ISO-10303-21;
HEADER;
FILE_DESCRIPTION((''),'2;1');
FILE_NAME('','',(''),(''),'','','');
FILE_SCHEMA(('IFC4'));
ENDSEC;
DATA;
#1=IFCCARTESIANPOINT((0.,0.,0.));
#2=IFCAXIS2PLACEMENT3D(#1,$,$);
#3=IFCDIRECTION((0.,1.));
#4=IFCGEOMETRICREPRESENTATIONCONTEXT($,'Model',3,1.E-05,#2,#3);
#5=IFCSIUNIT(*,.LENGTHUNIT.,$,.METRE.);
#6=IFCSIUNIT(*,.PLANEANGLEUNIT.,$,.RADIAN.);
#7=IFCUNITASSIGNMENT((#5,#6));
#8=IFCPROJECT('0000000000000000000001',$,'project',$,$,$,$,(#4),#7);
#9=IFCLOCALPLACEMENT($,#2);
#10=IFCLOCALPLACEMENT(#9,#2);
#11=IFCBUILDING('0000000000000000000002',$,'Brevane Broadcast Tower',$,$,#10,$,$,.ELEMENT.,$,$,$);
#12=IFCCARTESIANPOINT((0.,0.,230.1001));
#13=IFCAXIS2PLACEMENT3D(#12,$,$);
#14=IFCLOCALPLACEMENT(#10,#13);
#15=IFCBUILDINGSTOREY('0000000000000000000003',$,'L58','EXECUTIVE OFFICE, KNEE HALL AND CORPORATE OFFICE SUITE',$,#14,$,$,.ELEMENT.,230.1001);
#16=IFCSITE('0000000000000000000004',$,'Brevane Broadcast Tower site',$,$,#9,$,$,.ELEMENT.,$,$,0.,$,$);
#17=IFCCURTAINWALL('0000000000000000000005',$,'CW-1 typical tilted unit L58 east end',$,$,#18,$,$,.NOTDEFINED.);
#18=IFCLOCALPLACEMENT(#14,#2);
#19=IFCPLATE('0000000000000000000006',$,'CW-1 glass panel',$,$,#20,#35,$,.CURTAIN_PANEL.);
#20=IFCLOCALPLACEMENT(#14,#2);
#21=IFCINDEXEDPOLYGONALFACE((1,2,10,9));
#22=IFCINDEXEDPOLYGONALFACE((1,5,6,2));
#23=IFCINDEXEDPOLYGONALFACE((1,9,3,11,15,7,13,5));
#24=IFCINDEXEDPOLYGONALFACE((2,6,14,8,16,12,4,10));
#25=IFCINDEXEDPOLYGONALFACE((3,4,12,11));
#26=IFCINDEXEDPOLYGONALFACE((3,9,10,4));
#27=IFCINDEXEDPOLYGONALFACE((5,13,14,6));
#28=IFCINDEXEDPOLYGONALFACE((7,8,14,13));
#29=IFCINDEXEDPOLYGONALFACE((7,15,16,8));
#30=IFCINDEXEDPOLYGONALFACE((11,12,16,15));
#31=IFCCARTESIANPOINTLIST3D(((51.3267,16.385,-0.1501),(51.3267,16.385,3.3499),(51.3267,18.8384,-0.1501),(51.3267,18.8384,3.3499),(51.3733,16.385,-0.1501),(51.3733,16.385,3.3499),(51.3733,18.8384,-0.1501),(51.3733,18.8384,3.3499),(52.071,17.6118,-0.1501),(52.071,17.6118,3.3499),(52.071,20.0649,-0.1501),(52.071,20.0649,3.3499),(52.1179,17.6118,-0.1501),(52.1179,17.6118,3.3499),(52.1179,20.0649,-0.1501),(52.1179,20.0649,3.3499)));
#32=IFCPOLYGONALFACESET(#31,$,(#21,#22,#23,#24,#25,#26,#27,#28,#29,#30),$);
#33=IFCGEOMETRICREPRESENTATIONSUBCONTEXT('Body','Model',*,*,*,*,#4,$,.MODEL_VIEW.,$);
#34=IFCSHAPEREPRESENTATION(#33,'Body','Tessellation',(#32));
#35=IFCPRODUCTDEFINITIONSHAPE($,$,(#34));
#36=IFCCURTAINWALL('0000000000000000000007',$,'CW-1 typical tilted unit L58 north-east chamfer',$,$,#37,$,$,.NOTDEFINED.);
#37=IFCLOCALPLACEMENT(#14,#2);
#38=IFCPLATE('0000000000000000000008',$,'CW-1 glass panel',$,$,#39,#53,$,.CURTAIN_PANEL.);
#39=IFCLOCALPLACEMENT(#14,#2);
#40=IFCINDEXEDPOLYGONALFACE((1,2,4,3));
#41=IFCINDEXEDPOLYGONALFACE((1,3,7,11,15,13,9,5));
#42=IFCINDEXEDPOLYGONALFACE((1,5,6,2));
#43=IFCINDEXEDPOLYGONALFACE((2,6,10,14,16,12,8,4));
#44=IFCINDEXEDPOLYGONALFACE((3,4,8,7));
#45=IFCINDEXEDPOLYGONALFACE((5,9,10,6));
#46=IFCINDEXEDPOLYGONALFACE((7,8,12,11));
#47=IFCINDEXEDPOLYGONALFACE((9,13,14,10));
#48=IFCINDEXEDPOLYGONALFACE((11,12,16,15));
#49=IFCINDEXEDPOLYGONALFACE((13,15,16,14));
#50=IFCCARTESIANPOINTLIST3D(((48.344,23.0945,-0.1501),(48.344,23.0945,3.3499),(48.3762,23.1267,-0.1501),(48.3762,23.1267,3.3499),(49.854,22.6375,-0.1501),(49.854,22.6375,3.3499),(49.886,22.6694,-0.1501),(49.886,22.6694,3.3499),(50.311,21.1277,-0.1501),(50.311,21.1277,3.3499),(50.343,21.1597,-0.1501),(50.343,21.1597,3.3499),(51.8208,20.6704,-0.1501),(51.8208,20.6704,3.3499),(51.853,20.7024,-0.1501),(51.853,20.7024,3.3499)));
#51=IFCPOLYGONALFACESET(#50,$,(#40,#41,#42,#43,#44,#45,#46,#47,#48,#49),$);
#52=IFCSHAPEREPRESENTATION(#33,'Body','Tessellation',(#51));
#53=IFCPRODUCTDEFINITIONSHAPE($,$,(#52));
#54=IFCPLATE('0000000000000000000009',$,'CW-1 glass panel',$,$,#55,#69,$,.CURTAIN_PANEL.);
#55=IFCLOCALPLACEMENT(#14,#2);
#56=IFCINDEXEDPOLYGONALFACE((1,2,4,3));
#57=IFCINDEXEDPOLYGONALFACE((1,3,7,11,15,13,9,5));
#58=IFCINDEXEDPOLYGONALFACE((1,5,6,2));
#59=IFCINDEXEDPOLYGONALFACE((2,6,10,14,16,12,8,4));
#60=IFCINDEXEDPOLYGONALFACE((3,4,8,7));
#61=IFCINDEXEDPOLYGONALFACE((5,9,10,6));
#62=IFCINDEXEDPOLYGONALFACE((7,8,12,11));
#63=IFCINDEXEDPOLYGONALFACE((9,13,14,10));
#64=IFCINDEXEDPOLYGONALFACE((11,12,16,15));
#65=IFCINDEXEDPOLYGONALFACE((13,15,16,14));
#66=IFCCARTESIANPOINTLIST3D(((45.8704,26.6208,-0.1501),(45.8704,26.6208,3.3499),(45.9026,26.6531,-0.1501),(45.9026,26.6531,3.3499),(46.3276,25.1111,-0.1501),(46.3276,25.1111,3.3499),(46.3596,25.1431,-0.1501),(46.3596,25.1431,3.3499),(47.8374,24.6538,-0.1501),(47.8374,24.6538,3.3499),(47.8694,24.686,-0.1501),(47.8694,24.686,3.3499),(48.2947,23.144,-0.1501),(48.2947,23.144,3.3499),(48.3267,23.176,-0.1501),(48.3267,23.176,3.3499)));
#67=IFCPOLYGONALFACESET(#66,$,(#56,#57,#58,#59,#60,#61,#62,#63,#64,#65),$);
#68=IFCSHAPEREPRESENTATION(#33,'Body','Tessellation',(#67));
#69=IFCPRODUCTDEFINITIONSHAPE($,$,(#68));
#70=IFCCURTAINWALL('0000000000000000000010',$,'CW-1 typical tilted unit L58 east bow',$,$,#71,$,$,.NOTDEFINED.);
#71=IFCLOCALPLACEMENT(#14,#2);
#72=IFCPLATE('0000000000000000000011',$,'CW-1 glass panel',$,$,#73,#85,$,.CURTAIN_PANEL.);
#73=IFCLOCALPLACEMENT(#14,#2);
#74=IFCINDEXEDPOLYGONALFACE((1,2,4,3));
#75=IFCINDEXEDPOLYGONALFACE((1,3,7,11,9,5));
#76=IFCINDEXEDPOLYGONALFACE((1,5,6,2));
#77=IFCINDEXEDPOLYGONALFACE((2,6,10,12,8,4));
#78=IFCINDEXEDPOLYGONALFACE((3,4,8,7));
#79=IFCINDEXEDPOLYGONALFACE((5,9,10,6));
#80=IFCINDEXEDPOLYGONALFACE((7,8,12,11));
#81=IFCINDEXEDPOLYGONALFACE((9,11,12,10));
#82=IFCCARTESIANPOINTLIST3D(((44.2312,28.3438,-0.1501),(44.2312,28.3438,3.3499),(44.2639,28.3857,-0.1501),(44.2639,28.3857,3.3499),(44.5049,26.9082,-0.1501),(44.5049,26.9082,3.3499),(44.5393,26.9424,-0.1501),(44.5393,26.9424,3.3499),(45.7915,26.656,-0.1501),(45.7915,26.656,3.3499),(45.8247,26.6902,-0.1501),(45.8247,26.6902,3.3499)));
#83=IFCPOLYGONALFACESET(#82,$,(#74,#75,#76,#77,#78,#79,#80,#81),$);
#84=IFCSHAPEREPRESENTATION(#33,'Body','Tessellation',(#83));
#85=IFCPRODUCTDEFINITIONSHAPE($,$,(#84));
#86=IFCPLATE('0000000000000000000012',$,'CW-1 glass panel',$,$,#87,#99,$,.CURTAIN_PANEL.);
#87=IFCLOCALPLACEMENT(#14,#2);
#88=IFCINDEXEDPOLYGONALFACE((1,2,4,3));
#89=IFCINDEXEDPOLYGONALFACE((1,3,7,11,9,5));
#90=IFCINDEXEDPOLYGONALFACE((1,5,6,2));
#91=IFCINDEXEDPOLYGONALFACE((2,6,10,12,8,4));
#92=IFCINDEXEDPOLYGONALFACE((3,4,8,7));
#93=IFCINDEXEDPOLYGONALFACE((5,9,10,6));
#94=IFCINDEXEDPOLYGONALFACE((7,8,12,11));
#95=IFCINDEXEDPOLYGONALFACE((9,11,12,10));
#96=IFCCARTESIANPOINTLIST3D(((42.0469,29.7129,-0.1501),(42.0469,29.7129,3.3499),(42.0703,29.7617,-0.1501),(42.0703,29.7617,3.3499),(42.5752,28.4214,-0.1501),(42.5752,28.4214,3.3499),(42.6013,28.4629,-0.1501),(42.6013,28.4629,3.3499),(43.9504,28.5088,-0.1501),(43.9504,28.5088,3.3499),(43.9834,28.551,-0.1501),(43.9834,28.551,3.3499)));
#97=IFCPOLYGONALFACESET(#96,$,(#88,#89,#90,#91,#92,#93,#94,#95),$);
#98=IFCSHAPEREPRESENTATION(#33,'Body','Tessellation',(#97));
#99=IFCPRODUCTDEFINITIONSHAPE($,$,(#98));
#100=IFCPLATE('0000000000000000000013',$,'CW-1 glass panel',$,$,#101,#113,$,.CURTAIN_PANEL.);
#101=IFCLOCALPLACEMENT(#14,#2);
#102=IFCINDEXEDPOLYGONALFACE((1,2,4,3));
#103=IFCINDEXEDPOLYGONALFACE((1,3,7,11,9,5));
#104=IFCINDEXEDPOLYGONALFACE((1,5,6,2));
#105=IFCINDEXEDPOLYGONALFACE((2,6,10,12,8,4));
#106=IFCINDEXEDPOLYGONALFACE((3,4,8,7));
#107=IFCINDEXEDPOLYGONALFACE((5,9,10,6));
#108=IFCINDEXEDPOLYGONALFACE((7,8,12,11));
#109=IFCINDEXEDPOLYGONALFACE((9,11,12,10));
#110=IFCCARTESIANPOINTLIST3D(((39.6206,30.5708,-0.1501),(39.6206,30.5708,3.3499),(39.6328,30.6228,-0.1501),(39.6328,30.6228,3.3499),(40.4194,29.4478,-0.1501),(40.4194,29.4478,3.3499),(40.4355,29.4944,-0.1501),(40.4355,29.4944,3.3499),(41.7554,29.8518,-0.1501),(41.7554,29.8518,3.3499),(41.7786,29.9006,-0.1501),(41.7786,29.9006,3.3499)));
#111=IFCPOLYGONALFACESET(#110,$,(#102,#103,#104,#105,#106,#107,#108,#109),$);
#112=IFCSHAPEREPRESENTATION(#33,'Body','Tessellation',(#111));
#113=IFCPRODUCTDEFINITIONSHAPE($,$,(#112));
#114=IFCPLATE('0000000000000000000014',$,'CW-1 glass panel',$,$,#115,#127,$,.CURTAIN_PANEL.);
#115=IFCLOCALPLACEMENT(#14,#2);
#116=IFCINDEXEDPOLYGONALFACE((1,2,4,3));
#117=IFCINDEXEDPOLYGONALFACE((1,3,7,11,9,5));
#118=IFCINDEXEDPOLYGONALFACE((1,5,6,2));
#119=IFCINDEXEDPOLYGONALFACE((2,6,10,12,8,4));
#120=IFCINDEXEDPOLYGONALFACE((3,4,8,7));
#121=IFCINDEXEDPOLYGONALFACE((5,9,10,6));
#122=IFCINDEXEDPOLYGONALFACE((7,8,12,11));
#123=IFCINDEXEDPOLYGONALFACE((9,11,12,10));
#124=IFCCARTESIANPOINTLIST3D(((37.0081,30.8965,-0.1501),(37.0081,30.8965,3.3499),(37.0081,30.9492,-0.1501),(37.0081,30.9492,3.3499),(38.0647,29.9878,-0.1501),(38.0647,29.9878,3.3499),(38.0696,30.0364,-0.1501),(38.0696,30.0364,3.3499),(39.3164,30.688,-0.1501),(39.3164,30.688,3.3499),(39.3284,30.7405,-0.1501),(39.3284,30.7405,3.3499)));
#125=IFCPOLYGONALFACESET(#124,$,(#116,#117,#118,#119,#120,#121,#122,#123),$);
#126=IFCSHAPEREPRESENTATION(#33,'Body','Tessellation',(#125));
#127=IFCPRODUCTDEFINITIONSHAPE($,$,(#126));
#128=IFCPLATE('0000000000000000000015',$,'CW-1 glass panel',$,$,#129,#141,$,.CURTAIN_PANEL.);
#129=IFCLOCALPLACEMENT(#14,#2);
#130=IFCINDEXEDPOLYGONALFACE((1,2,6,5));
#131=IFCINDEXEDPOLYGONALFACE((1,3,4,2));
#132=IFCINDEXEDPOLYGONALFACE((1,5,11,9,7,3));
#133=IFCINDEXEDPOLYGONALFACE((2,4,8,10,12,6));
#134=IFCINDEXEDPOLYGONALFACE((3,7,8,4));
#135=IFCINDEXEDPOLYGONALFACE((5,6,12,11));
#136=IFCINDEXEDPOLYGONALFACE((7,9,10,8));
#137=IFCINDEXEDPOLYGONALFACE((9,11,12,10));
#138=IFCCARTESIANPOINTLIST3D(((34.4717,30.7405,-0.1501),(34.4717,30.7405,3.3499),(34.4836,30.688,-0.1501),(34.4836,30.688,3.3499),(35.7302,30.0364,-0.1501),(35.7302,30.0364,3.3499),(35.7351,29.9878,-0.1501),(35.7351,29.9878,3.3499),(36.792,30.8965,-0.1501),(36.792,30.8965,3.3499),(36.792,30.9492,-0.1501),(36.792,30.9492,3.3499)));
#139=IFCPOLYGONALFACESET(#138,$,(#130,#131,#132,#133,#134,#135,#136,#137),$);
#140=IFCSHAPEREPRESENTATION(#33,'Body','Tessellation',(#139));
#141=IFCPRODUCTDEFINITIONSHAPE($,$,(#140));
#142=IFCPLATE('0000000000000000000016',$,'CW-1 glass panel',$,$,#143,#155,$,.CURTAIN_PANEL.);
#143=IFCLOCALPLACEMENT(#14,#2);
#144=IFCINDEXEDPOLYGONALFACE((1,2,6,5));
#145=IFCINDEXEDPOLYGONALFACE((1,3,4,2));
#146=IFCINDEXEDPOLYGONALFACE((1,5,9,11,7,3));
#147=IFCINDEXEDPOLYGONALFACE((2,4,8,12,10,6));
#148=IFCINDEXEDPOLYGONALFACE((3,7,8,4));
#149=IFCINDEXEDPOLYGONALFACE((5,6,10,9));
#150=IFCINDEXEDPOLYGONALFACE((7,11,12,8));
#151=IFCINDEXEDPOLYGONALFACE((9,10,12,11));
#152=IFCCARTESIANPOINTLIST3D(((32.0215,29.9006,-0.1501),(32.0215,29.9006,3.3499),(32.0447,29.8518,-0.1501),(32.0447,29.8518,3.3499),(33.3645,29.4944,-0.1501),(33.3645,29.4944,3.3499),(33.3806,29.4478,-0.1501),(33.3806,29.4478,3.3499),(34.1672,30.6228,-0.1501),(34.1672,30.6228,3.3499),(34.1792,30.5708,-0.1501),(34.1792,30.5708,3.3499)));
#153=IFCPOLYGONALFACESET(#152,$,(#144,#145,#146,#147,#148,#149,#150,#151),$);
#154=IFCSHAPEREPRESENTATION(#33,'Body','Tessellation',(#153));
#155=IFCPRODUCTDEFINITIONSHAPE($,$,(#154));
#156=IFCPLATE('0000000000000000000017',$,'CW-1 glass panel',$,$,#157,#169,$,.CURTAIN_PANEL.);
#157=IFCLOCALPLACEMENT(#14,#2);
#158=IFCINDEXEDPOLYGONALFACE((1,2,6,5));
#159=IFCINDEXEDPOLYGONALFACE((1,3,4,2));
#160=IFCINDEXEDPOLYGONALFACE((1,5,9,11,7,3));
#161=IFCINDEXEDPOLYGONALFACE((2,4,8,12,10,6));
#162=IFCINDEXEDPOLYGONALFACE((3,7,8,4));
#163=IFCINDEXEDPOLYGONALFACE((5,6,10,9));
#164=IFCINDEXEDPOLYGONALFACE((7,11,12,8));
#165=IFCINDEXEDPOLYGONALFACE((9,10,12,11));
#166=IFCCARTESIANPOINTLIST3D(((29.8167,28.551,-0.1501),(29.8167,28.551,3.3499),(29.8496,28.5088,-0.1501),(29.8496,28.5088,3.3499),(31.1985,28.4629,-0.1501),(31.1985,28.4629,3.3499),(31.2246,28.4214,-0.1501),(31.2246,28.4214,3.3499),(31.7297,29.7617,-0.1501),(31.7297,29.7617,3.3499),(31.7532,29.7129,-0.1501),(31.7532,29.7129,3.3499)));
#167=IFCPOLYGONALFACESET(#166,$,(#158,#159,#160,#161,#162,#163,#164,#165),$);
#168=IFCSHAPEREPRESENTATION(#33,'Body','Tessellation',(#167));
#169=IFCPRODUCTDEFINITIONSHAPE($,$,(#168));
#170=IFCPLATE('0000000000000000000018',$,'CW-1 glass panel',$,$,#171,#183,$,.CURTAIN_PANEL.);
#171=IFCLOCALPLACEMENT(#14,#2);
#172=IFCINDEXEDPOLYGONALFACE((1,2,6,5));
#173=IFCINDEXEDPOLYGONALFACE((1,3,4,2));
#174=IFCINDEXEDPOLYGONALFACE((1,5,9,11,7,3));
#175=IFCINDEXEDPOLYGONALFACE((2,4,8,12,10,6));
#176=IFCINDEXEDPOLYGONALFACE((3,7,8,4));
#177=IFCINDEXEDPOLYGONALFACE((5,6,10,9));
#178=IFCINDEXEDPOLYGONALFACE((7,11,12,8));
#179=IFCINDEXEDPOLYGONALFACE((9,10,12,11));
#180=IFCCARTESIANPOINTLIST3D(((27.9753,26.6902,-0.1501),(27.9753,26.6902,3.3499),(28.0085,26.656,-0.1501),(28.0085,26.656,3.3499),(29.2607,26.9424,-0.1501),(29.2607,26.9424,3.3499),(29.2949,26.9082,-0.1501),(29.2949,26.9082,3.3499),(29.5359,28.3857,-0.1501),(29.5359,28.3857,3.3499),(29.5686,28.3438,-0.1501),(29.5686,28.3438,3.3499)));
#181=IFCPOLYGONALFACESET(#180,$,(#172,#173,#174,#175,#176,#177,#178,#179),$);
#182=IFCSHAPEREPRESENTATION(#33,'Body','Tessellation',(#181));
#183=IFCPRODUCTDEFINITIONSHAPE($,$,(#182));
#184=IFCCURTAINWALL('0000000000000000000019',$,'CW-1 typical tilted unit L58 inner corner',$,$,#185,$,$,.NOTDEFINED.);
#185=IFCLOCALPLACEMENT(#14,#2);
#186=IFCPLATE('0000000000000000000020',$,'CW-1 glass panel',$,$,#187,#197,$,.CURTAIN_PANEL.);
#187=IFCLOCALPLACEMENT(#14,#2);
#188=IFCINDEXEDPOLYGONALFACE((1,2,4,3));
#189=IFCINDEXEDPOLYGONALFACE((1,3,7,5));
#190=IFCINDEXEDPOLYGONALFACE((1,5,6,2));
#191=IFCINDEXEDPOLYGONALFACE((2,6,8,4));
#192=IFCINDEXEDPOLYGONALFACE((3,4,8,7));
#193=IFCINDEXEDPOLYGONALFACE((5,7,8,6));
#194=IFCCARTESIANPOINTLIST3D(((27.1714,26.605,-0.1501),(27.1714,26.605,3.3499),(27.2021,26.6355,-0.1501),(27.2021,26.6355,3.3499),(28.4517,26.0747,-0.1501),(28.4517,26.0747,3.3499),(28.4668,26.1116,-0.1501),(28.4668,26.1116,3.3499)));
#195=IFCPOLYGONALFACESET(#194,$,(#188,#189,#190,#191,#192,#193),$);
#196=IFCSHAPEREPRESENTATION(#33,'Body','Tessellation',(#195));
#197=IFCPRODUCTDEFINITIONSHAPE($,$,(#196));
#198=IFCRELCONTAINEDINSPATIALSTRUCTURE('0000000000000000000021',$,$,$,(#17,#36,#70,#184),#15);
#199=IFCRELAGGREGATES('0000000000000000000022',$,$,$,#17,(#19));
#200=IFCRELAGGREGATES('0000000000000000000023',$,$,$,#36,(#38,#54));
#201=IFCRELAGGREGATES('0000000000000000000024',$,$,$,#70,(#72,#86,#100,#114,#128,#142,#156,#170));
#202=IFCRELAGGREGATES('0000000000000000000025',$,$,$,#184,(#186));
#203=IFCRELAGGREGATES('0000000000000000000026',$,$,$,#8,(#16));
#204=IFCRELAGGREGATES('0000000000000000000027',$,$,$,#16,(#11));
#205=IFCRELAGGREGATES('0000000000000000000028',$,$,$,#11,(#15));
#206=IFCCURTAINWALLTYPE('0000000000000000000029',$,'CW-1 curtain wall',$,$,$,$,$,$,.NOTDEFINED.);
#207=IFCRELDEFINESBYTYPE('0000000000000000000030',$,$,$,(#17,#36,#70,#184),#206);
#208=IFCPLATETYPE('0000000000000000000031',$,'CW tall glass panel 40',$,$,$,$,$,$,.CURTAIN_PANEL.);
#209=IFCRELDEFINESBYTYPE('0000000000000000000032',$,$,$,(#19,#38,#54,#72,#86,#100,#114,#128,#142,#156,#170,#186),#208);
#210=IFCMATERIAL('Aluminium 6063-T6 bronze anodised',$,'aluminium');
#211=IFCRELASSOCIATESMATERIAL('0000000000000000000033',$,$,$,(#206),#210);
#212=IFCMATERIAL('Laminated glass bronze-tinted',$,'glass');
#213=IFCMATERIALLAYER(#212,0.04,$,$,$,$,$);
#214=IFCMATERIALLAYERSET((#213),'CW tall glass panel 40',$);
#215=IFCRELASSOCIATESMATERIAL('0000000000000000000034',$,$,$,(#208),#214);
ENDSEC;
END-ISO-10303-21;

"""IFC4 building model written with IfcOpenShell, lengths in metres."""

from ifc_helpers import new_model, si_unit, direction, frame, origin, place, context, subcontext, project, spatial, polyline, outline, extrude, material, layer, layer_set, type_object, element, aggregate, save


model = new_model("IFC4")

# Units and contexts
model_context = context("Model", 3, precision=1e-05, world=origin(), true_north=direction((0.0, 1.0)))
body_context = subcontext(model_context, "Body", "Model", "MODEL_VIEW")
ifc_project = project(units=[si_unit("LENGTHUNIT", "METRE"), si_unit("PLANEANGLEUNIT", "RADIAN")], contexts=[model_context])

# Site, building, storey
site_placement = place(None, origin())
site = spatial("IfcSite", under=ifc_project, at=site_placement, Name="Brevane Broadcast Tower site", CompositionType="ELEMENT", RefElevation=0.0)
building_placement = place(site_placement, origin())
building = spatial("IfcBuilding", under=site, at=building_placement, Name="Brevane Broadcast Tower", CompositionType="ELEMENT")
storey_placement = place(building_placement, frame((0.0, 0.0, 230.1001)))
storey = spatial("IfcBuildingStorey", under=building, at=storey_placement, Name="L58", Description="EXECUTIVE OFFICE, KNEE HALL AND CORPORATE OFFICE SUITE", CompositionType="ELEMENT", Elevation=230.1001)

# Curtain wall, plate
ifc_material_1 = material(Name="Aluminium 6063-T6 bronze anodised", Category="aluminium")
curtain_wall_type = type_object("IfcCurtainWallType", Name="CW-1 curtain wall", PredefinedType="NOTDEFINED", material=ifc_material_1)
curtain_wall_1_placement = place(storey_placement, origin())
curtain_wall_1 = element("IfcCurtainWall", 1, at=curtain_wall_1_placement, inside=storey, type_object=curtain_wall_type, Name="CW-1 typical tilted unit L58 east end", PredefinedType="NOTDEFINED")
ifc_material_2 = material(Name="Laminated glass bronze-tinted", Category="glass")
ifc_layer = layer(ifc_material_2, 0.04)
ifc_layer_set = layer_set([ifc_layer], Name="CW tall glass panel 40")
plate_type = type_object("IfcPlateType", Name="CW tall glass panel 40", PredefinedType="CURTAIN_PANEL", material=ifc_layer_set)
plate_1_placement = place(storey_placement, frame((0.0, 0.0, -0.1501)))
plate_1 = element("IfcPlate", 2, at=plate_1_placement, type_object=plate_type, Name="CW-1 glass panel", PredefinedType="CURTAIN_PANEL", context=body_context, shape_type="SweptSolid", body=[
    extrude(outline(polyline([(51.3267, 16.385), (51.3733, 16.385), (52.1179, 17.6118), (51.3733, 18.8384), (52.1179, 20.0649), (52.071, 20.0649), (51.3267, 18.8384), (52.071, 17.6118), (51.3267, 16.385)])), origin(), (0.0, 0.0, 1.0), 3.5),
])
aggregate(curtain_wall_1, [plate_1])

# Curtain walls, plates
curtain_wall_2_placement = place(storey_placement, origin())
curtain_wall_2 = element("IfcCurtainWall", 3, at=curtain_wall_2_placement, inside=storey, type_object=curtain_wall_type, Name="CW-1 typical tilted unit L58 north-east chamfer", PredefinedType="NOTDEFINED")
plate_2_placement = place(storey_placement, frame((0.0, 0.0, -0.1501)))
plate_2 = element("IfcPlate", 4, at=plate_2_placement, type_object=plate_type, Name="CW-1 glass panel", PredefinedType="CURTAIN_PANEL", context=body_context, shape_type="SweptSolid", body=[
    extrude(outline(polyline([(51.8208, 20.6704), (51.853, 20.7024), (50.343, 21.1597), (49.886, 22.6694), (48.3762, 23.1267), (48.344, 23.0945), (49.854, 22.6375), (50.311, 21.1277), (51.8208, 20.6704)])), origin(), (0.0, 0.0, 1.0), 3.5),
])
plate_3_placement = place(storey_placement, frame((0.0, 0.0, -0.1501)))
plate_3 = element("IfcPlate", 5, at=plate_3_placement, type_object=plate_type, Name="CW-1 glass panel", PredefinedType="CURTAIN_PANEL", context=body_context, shape_type="SweptSolid", body=[
    extrude(outline(polyline([(48.2947, 23.144), (48.3267, 23.176), (47.8694, 24.686), (46.3596, 25.1431), (45.9026, 26.6531), (45.8704, 26.6208), (46.3276, 25.1111), (47.8374, 24.6538), (48.2947, 23.144)])), origin(), (0.0, 0.0, 1.0), 3.5),
])
aggregate(curtain_wall_2, [plate_2, plate_3])
curtain_wall_3_placement = place(storey_placement, origin())
curtain_wall_3 = element("IfcCurtainWall", 6, at=curtain_wall_3_placement, inside=storey, type_object=curtain_wall_type, Name="CW-1 typical tilted unit L58 east bow", PredefinedType="NOTDEFINED")
plate_4_placement = place(storey_placement, frame((0.0, 0.0, -0.1501)))
plate_4 = element("IfcPlate", 7, at=plate_4_placement, type_object=plate_type, Name="CW-1 glass panel", PredefinedType="CURTAIN_PANEL", context=body_context, shape_type="SweptSolid", body=[
    extrude(outline(polyline([(45.7915, 26.656), (45.8247, 26.6902), (44.5393, 26.9424), (44.2639, 28.3857), (44.2312, 28.3438), (44.5049, 26.9082), (45.7915, 26.656)])), origin(), (0.0, 0.0, 1.0), 3.5),
])
plate_5_placement = place(storey_placement, frame((0.0, 0.0, -0.1501)))
plate_5 = element("IfcPlate", 8, at=plate_5_placement, type_object=plate_type, Name="CW-1 glass panel", PredefinedType="CURTAIN_PANEL", context=body_context, shape_type="SweptSolid", body=[
    extrude(outline(polyline([(43.9504, 28.5088), (43.9834, 28.551), (42.6013, 28.4629), (42.0703, 29.7617), (42.0469, 29.7129), (42.5752, 28.4214), (43.9504, 28.5088)])), origin(), (0.0, 0.0, 1.0), 3.5),
])
plate_6_placement = place(storey_placement, frame((0.0, 0.0, -0.1501)))
plate_6 = element("IfcPlate", 9, at=plate_6_placement, type_object=plate_type, Name="CW-1 glass panel", PredefinedType="CURTAIN_PANEL", context=body_context, shape_type="SweptSolid", body=[
    extrude(outline(polyline([(41.7554, 29.8518), (41.7786, 29.9006), (40.4355, 29.4944), (39.6328, 30.6228), (39.6206, 30.5708), (40.4194, 29.4478), (41.7554, 29.8518)])), origin(), (0.0, 0.0, 1.0), 3.5),
])
plate_7_placement = place(storey_placement, frame((0.0, 0.0, -0.1501)))
plate_7 = element("IfcPlate", 10, at=plate_7_placement, type_object=plate_type, Name="CW-1 glass panel", PredefinedType="CURTAIN_PANEL", context=body_context, shape_type="SweptSolid", body=[
    extrude(outline(polyline([(39.3164, 30.688), (39.3284, 30.7405), (38.0696, 30.0364), (37.0081, 30.9492), (37.0081, 30.8965), (38.0647, 29.9878), (39.3164, 30.688)])), origin(), (0.0, 0.0, 1.0), 3.5),
])
plate_8_placement = place(storey_placement, frame((0.0, 0.0, -0.1501)))
plate_8 = element("IfcPlate", 11, at=plate_8_placement, type_object=plate_type, Name="CW-1 glass panel", PredefinedType="CURTAIN_PANEL", context=body_context, shape_type="SweptSolid", body=[
    extrude(outline(polyline([(36.792, 30.8965), (36.792, 30.9492), (35.7302, 30.0364), (34.4717, 30.7405), (34.4836, 30.688), (35.7351, 29.9878), (36.792, 30.8965)])), origin(), (0.0, 0.0, 1.0), 3.5),
])
plate_9_placement = place(storey_placement, frame((0.0, 0.0, -0.1501)))
plate_9 = element("IfcPlate", 12, at=plate_9_placement, type_object=plate_type, Name="CW-1 glass panel", PredefinedType="CURTAIN_PANEL", context=body_context, shape_type="SweptSolid", body=[
    extrude(outline(polyline([(34.1792, 30.5708), (34.1672, 30.6228), (33.3645, 29.4944), (32.0215, 29.9006), (32.0447, 29.8518), (33.3806, 29.4478), (34.1792, 30.5708)])), origin(), (0.0, 0.0, 1.0), 3.5),
])
plate_10_placement = place(storey_placement, frame((0.0, 0.0, -0.1501)))
plate_10 = element("IfcPlate", 13, at=plate_10_placement, type_object=plate_type, Name="CW-1 glass panel", PredefinedType="CURTAIN_PANEL", context=body_context, shape_type="SweptSolid", body=[
    extrude(outline(polyline([(31.7532, 29.7129), (31.7297, 29.7617), (31.1985, 28.4629), (29.8167, 28.551), (29.8496, 28.5088), (31.2246, 28.4214), (31.7532, 29.7129)])), origin(), (0.0, 0.0, 1.0), 3.5),
])
plate_11_placement = place(storey_placement, frame((0.0, 0.0, -0.1501)))
plate_11 = element("IfcPlate", 14, at=plate_11_placement, type_object=plate_type, Name="CW-1 glass panel", PredefinedType="CURTAIN_PANEL", context=body_context, shape_type="SweptSolid", body=[
    extrude(outline(polyline([(29.5686, 28.3438), (29.5359, 28.3857), (29.2607, 26.9424), (27.9753, 26.6902), (28.0085, 26.656), (29.2949, 26.9082), (29.5686, 28.3438)])), origin(), (0.0, 0.0, 1.0), 3.5),
])
aggregate(curtain_wall_3, [plate_4, plate_5, plate_6, plate_7, plate_8, plate_9, plate_10, plate_11])
curtain_wall_4_placement = place(storey_placement, origin())
curtain_wall_4 = element("IfcCurtainWall", 15, at=curtain_wall_4_placement, inside=storey, type_object=curtain_wall_type, Name="CW-1 typical tilted unit L58 inner corner", PredefinedType="NOTDEFINED")
plate_12_placement = place(storey_placement, frame((0.0, 0.0, -0.1501)))
plate_12 = element("IfcPlate", 16, at=plate_12_placement, type_object=plate_type, Name="CW-1 glass panel", PredefinedType="CURTAIN_PANEL", context=body_context, shape_type="SweptSolid", body=[
    extrude(outline(polyline([(28.4517, 26.0747), (28.4668, 26.1116), (27.2021, 26.6355), (27.1714, 26.605), (28.4517, 26.0747)])), origin(), (0.0, 0.0, 1.0), 3.5),
])
aggregate(curtain_wall_4, [plate_12])

save(model, "model.ifc")
